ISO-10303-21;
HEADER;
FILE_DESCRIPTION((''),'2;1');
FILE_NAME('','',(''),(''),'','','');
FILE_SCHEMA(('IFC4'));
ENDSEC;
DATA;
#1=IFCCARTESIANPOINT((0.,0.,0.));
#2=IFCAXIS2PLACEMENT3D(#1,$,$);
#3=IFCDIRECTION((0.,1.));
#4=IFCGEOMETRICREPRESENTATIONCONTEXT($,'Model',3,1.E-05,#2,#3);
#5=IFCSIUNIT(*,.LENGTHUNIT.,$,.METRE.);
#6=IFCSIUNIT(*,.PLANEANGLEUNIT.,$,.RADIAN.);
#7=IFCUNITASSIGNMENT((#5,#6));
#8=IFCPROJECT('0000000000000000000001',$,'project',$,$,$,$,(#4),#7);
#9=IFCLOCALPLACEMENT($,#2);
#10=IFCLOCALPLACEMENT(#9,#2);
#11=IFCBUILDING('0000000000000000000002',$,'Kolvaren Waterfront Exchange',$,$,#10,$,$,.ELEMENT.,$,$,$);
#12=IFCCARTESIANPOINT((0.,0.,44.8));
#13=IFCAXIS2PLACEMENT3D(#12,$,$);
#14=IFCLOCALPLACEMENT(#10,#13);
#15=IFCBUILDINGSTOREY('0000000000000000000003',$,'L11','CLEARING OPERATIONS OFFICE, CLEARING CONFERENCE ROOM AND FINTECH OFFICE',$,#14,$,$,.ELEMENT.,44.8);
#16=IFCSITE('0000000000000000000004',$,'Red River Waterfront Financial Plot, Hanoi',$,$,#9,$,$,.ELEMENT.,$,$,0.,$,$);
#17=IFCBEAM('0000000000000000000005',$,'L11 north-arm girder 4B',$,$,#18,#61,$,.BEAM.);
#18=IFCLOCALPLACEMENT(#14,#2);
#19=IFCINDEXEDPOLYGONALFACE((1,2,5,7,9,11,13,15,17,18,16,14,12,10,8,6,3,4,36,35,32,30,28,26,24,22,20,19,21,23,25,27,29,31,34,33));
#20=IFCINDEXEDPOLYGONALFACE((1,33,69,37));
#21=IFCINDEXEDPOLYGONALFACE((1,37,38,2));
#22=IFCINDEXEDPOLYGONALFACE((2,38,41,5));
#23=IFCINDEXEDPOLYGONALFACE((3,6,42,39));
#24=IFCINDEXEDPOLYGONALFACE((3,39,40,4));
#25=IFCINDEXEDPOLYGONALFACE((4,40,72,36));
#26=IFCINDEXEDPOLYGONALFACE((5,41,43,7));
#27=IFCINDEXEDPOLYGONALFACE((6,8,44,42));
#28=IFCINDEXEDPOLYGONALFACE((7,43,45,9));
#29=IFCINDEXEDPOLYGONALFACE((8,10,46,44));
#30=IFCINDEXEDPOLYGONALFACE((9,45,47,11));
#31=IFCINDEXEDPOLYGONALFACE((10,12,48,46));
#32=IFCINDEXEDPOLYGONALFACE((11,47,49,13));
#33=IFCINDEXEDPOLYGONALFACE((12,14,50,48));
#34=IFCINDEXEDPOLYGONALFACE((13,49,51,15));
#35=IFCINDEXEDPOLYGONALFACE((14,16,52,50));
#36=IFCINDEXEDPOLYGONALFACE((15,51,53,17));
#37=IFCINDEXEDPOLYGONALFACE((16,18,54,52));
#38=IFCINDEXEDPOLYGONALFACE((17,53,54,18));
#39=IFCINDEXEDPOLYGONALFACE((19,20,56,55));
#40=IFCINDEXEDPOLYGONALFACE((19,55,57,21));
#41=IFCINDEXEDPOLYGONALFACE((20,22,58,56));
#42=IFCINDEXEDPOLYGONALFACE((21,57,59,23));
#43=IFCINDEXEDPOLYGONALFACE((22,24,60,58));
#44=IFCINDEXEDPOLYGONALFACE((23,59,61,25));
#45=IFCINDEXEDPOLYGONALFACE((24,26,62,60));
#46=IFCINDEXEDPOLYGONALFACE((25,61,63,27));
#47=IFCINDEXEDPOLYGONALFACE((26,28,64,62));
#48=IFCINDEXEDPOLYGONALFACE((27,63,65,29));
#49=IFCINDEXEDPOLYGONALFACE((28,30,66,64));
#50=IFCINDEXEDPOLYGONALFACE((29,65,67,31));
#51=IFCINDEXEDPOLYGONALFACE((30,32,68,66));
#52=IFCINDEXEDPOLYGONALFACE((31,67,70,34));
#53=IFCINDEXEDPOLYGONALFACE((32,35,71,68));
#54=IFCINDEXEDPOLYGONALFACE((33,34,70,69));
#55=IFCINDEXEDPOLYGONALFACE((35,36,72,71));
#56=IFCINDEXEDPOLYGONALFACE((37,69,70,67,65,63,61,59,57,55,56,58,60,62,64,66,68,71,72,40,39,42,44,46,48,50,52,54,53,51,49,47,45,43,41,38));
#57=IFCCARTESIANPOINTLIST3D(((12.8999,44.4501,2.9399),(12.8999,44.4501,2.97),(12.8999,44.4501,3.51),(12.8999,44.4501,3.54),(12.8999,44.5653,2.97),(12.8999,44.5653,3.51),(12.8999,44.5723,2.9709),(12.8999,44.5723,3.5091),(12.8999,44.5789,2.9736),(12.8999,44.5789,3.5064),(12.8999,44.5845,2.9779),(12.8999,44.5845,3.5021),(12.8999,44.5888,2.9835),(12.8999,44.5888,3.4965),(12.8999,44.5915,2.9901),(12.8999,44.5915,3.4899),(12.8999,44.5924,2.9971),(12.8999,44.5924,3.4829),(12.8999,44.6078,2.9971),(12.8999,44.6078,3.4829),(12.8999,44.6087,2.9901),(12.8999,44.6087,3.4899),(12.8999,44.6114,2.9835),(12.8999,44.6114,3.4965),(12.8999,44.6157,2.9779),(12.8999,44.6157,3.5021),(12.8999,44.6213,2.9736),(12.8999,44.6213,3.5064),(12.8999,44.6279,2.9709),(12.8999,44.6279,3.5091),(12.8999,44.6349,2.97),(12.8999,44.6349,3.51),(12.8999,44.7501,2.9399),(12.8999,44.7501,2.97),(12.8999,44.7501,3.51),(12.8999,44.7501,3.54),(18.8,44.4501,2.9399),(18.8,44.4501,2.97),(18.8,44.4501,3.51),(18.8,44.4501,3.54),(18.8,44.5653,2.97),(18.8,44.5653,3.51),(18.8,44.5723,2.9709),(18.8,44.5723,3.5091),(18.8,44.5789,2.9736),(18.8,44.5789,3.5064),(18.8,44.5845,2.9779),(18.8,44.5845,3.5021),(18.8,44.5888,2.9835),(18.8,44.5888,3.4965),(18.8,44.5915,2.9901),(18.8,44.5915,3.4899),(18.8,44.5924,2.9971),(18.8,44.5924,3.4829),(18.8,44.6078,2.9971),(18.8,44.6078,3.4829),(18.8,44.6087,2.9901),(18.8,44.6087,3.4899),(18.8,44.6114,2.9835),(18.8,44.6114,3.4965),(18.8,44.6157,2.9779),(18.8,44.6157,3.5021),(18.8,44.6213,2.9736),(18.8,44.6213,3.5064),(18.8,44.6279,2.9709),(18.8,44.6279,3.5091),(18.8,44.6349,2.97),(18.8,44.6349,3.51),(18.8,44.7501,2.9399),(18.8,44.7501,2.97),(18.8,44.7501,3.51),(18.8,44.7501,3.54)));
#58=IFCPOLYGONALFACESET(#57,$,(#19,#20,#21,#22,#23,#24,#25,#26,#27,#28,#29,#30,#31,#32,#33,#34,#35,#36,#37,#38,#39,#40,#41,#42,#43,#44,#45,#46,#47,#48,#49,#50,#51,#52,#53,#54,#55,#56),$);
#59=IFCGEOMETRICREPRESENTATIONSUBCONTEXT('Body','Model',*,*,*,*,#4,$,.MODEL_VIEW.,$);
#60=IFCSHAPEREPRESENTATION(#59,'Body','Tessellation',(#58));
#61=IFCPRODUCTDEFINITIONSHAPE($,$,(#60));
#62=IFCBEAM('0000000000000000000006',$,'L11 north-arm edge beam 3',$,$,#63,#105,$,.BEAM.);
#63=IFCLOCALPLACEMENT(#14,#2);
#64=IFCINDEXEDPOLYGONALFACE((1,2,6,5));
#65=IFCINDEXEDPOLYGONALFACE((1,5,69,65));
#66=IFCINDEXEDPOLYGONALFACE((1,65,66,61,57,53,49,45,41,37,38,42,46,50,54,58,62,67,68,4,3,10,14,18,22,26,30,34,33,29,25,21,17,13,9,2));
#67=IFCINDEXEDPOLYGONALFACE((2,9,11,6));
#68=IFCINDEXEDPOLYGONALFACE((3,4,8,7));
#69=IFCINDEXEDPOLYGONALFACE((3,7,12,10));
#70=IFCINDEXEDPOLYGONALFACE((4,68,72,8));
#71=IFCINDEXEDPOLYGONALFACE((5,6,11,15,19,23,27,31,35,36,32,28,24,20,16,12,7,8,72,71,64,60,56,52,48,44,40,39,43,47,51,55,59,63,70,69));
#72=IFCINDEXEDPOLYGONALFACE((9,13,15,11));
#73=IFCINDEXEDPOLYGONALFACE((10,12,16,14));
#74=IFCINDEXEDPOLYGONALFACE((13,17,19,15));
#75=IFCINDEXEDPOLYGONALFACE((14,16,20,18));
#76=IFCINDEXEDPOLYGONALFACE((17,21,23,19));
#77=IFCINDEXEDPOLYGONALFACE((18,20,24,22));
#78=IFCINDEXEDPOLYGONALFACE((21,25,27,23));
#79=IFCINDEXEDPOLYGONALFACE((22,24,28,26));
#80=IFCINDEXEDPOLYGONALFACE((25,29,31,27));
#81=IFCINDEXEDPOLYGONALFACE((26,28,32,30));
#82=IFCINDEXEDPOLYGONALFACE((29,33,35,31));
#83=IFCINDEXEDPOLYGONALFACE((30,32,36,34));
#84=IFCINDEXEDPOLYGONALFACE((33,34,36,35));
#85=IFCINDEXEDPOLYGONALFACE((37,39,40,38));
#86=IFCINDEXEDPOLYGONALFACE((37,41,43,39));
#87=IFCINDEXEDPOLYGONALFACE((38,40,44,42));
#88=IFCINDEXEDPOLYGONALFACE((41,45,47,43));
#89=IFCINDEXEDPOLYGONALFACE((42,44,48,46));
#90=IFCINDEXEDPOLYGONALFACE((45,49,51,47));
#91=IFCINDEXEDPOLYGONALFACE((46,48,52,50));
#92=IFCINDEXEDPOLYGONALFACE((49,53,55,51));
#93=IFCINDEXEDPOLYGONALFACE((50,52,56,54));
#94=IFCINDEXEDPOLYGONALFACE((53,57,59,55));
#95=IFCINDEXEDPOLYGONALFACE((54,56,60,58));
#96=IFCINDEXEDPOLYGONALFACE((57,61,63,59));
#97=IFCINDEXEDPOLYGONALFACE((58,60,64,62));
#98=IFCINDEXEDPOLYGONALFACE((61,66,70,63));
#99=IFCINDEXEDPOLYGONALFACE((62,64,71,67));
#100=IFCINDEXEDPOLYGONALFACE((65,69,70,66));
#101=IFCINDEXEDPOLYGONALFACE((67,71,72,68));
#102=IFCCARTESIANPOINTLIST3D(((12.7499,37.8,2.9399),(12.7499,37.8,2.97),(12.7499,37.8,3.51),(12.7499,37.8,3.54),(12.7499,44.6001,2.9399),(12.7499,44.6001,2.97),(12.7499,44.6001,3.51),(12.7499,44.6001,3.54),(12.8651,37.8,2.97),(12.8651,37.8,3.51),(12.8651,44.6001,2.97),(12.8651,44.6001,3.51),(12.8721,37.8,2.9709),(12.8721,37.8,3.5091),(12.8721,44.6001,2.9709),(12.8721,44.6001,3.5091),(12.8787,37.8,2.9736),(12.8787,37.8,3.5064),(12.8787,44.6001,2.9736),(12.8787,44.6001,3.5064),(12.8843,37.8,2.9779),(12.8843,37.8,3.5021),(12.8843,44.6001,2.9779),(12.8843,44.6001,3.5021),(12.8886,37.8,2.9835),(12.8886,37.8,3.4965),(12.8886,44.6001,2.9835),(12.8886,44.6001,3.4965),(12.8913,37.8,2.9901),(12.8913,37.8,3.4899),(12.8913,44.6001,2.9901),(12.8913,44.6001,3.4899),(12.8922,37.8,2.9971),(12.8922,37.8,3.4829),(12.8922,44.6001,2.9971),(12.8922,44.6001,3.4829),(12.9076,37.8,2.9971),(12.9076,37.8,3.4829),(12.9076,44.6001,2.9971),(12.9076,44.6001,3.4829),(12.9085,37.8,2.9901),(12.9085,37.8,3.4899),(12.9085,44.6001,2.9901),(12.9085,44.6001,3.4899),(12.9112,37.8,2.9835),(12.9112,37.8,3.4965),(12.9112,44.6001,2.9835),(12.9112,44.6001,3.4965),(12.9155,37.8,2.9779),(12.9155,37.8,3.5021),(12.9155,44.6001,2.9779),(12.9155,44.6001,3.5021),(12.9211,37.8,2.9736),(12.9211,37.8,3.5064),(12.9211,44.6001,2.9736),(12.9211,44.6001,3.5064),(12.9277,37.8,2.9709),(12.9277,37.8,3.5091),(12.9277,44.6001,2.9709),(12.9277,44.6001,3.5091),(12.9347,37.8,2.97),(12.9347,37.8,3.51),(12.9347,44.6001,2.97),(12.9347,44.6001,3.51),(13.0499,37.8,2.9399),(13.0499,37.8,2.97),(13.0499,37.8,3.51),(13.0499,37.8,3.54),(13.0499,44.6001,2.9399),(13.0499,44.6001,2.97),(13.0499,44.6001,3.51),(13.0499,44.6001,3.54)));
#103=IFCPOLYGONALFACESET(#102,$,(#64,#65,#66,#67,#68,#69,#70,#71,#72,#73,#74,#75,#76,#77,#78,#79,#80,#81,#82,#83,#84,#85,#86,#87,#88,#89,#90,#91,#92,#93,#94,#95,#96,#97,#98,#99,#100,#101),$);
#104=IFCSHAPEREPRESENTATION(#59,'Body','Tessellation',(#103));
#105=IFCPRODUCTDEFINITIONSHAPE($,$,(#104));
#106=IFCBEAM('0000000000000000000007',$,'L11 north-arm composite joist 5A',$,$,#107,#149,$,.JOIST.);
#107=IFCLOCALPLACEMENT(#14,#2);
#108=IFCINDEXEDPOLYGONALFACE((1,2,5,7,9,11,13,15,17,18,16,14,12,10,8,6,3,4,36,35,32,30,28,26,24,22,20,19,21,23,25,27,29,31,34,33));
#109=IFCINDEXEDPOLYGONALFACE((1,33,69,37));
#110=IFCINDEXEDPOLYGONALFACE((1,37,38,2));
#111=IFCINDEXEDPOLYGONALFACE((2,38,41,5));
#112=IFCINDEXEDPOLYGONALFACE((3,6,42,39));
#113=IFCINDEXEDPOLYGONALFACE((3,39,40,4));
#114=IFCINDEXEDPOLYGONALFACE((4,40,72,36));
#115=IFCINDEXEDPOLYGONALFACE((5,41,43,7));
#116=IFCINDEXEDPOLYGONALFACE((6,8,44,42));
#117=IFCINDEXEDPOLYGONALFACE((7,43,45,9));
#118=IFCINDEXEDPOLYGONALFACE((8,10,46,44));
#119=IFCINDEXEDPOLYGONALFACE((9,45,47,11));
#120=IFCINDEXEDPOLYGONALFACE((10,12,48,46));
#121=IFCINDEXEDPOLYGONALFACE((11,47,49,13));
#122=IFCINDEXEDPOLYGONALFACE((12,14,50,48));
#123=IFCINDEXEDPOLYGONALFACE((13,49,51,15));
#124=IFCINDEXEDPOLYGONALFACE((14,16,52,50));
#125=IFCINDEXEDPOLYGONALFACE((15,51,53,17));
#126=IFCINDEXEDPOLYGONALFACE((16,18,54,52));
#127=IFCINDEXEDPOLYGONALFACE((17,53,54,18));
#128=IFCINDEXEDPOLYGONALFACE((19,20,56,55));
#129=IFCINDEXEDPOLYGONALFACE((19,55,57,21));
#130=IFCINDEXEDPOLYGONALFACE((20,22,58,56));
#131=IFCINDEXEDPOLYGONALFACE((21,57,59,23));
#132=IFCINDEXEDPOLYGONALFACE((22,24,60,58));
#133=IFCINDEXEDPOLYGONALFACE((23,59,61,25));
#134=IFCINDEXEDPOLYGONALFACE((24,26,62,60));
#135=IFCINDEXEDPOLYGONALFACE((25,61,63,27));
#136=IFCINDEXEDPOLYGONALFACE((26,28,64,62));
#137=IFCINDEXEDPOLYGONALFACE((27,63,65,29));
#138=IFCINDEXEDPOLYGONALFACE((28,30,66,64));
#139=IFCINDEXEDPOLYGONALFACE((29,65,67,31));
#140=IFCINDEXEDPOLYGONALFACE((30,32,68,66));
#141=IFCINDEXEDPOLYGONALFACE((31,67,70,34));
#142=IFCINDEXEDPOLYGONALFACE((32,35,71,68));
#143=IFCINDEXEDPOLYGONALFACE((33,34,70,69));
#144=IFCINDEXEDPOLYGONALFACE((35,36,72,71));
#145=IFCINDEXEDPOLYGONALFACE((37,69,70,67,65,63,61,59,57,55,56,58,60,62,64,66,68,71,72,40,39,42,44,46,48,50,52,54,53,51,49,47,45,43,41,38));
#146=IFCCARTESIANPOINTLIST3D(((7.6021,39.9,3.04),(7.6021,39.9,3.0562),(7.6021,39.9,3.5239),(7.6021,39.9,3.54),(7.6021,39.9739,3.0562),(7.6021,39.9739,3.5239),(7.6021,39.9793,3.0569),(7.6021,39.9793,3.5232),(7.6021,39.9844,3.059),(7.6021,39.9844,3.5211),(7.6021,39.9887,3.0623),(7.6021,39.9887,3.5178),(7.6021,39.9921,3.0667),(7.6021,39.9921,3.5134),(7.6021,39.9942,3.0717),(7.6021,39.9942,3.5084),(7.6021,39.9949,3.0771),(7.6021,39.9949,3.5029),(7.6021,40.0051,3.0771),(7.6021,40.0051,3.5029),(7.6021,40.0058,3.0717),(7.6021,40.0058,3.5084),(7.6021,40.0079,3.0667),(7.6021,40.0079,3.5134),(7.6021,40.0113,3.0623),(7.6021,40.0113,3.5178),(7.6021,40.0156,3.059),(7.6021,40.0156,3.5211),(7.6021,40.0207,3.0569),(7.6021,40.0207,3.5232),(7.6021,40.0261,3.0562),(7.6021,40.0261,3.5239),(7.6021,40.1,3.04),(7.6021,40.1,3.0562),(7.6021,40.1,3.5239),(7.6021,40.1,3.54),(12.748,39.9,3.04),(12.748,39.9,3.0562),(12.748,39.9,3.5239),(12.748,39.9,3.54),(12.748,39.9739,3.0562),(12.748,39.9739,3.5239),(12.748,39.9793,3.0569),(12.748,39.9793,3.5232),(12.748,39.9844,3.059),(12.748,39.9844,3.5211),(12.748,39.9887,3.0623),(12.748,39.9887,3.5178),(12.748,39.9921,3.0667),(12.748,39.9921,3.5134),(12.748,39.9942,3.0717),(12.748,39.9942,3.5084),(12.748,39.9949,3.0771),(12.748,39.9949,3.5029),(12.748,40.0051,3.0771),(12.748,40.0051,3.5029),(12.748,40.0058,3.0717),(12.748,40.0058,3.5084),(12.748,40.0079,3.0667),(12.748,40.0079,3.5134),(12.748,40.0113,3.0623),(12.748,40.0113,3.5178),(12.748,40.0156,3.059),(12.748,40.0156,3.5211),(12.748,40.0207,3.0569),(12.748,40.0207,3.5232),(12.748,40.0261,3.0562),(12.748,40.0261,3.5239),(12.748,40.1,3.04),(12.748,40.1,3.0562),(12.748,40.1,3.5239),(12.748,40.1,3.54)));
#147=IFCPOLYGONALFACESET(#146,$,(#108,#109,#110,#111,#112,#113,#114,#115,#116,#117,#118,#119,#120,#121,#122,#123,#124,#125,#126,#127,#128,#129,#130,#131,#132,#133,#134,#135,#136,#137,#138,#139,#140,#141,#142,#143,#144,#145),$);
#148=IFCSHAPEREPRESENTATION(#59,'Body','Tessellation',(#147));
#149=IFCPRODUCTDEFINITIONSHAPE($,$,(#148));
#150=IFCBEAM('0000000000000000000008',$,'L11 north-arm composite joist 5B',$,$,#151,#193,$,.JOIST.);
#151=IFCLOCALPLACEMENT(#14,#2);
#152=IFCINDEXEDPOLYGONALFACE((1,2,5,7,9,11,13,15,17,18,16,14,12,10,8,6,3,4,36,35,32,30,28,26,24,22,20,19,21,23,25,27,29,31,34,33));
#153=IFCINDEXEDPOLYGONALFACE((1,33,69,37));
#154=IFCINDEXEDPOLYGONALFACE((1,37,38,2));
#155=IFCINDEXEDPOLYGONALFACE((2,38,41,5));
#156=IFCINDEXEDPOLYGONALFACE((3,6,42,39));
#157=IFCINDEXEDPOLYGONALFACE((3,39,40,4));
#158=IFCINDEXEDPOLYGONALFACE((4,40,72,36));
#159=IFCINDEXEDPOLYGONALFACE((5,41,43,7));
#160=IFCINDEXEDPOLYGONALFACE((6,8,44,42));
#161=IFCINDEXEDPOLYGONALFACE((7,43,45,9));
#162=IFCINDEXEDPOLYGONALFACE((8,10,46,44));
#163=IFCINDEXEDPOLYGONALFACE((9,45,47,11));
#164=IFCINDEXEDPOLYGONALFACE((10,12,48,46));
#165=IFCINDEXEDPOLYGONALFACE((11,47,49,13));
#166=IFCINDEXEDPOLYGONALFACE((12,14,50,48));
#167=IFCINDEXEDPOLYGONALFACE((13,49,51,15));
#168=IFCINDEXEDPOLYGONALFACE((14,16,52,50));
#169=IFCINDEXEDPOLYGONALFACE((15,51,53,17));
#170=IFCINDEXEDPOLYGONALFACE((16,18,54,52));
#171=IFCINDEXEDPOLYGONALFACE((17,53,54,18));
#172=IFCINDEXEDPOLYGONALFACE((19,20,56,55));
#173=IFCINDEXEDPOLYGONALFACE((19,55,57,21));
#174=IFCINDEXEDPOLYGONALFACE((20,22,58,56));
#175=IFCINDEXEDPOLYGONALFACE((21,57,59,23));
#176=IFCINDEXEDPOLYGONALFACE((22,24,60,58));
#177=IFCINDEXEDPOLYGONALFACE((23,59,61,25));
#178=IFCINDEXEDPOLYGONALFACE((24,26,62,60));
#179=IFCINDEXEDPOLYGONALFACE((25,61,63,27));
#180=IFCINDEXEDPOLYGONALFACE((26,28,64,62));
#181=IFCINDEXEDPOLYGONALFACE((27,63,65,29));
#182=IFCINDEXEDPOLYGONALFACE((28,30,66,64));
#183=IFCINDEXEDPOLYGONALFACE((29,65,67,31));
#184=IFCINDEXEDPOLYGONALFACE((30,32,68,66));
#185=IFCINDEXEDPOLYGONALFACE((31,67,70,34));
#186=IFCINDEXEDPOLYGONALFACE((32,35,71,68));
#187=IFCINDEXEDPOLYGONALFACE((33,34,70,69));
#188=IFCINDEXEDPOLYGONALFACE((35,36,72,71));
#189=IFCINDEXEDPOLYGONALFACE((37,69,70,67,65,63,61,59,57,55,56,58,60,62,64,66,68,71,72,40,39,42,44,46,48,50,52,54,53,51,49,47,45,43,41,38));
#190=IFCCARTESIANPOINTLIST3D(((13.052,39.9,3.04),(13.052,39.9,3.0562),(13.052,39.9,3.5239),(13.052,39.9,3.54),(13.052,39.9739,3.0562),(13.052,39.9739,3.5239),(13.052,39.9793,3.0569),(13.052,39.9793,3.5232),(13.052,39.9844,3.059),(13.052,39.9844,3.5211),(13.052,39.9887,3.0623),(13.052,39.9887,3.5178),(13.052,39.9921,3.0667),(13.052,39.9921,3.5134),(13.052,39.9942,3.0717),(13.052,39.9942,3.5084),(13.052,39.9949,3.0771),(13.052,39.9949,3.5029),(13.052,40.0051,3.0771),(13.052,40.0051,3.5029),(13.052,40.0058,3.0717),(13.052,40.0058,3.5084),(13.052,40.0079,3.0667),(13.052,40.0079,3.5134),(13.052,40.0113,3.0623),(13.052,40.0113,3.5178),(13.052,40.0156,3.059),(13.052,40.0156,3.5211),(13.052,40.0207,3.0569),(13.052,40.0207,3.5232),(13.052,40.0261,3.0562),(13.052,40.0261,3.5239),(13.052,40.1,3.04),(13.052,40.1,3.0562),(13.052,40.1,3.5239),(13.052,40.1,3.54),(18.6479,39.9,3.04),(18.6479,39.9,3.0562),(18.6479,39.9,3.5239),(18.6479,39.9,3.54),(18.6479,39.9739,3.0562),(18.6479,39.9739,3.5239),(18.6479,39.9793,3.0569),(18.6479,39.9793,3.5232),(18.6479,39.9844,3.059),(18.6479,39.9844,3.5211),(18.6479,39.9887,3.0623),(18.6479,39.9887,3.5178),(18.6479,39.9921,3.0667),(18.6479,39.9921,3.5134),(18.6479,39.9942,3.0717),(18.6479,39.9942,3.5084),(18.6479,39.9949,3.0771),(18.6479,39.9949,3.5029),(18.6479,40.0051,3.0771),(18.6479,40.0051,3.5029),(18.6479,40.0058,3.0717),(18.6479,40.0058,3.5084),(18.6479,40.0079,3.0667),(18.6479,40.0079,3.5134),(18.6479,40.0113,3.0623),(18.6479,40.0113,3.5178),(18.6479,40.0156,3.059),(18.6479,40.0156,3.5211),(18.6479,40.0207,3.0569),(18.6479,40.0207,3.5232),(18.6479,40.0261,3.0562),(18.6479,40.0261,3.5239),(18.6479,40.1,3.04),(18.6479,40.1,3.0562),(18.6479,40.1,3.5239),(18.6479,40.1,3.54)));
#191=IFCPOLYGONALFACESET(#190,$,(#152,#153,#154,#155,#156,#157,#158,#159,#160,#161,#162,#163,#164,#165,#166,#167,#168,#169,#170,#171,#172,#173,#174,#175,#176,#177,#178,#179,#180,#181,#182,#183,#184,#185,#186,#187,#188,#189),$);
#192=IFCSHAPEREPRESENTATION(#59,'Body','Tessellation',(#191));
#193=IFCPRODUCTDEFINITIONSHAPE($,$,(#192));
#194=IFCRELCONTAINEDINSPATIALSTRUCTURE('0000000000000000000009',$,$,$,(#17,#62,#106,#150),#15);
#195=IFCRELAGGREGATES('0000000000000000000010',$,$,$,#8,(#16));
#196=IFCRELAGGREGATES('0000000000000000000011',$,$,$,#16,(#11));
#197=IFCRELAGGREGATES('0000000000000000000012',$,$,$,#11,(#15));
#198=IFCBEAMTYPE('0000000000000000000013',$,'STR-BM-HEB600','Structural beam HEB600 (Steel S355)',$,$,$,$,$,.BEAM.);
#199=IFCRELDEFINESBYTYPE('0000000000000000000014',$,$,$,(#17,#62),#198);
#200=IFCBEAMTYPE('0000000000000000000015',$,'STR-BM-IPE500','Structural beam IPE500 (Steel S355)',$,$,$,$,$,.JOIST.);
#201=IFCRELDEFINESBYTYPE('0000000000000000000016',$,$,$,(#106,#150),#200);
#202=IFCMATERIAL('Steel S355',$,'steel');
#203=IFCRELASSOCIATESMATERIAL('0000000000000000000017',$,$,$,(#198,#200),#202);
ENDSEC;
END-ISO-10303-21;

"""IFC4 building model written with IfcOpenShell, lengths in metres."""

from ifc_helpers import new_model, si_unit, direction, frame, origin, origin_2d, place, context, subcontext, project, spatial, i_section, extrude, material, material_profile, profile_set, type_object, element, save


model = new_model("IFC4")

# Units and contexts
model_context = context("Model", 3, precision=1e-05, world=origin(), true_north=direction((0.0, 1.0)))
body_context = subcontext(model_context, "Body", "Model", "MODEL_VIEW")
ifc_project = project(units=[si_unit("LENGTHUNIT", "METRE"), si_unit("PLANEANGLEUNIT", "RADIAN")], contexts=[model_context])

# Site, building, storey
site_placement = place(None, origin())
site = spatial("IfcSite", under=ifc_project, at=site_placement, Name="Red River Waterfront Financial Plot, Hanoi", CompositionType="ELEMENT", RefElevation=0.0)
building_placement = place(site_placement, origin())
building = spatial("IfcBuilding", under=site, at=building_placement, Name="Kolvaren Waterfront Exchange", CompositionType="ELEMENT")
storey_placement = place(building_placement, frame((0.0, 0.0, 44.8)))
storey = spatial("IfcBuildingStorey", under=building, at=storey_placement, Name="L11", Description="CLEARING OPERATIONS OFFICE, CLEARING CONFERENCE ROOM AND FINTECH OFFICE", CompositionType="ELEMENT", Elevation=44.8)

# Beams
ifc_material_1 = material(Name="Steel S355", Category="steel")
ifc_material_profile_1 = material_profile(ifc_material_1, i_section(OverallWidth=0.3, OverallDepth=0.6001, WebThickness=0.0154, FlangeThickness=0.03, FilletRadius=0.0271, at=origin_2d()), Name="HEB600")
ifc_profile_set_1 = profile_set([ifc_material_profile_1], Name="Steel S355")
beam_type_1 = type_object("IfcBeamType", Name="STR-BM-HEB600", Description="Structural beam HEB600 (Steel S355)", PredefinedType="BEAM", material=ifc_profile_set_1)
beam_1_placement = place(storey_placement, frame((12.8999, 44.6001, 3.24), z_axis=(1.0, 0.0, 0.0), x_axis=(0.0, 1.0, 0.0)))
element("IfcBeam", 1, at=beam_1_placement, inside=storey, type_object=beam_type_1, Name="L11 north-arm girder 4B", PredefinedType="BEAM", context=body_context, shape_type="SweptSolid", body=[
    extrude(i_section(OverallWidth=0.3, OverallDepth=0.6001, WebThickness=0.0154, FlangeThickness=0.03, FilletRadius=0.0271, at=origin_2d()), origin(), (0.0, 0.0, 1.0), 5.9001),
])
beam_2_placement = place(storey_placement, frame((12.8999, 37.8, 3.24), z_axis=(0.0, 1.0, 0.0), x_axis=(-1.0, 0.0, 0.0)))
element("IfcBeam", 2, at=beam_2_placement, inside=storey, type_object=beam_type_1, Name="L11 north-arm edge beam 3", PredefinedType="BEAM", context=body_context, shape_type="SweptSolid", body=[
    extrude(i_section(OverallWidth=0.3, OverallDepth=0.6001, WebThickness=0.0154, FlangeThickness=0.03, FilletRadius=0.0271, at=origin_2d()), origin(), (0.0, 0.0, 1.0), 6.8),
])
ifc_material_profile_2 = material_profile(ifc_material_1, i_section(OverallWidth=0.2, OverallDepth=0.5, WebThickness=0.0103, FlangeThickness=0.0161, FilletRadius=0.021, at=origin_2d()), Name="IPE500")
ifc_profile_set_2 = profile_set([ifc_material_profile_2], Name="Steel S355")
beam_type_2 = type_object("IfcBeamType", Name="STR-BM-IPE500", Description="Structural beam IPE500 (Steel S355)", PredefinedType="JOIST", material=ifc_profile_set_2)
beam_3_placement = place(storey_placement, frame((7.6021, 40.0, 3.29), z_axis=(1.0, 0.0, 0.0), x_axis=(0.0, 1.0, 0.0)))
element("IfcBeam", 3, at=beam_3_placement, inside=storey, type_object=beam_type_2, Name="L11 north-arm composite joist 5A", PredefinedType="JOIST", context=body_context, shape_type="SweptSolid", body=[
    extrude(i_section(OverallWidth=0.2, OverallDepth=0.5, WebThickness=0.0103, FlangeThickness=0.0161, FilletRadius=0.021, at=origin_2d()), origin(), (0.0, 0.0, 1.0), 5.146),
])
beam_4_placement = place(storey_placement, frame((13.052, 40.0, 3.29), z_axis=(1.0, 0.0, 0.0), x_axis=(0.0, 1.0, 0.0)))
element("IfcBeam", 4, at=beam_4_placement, inside=storey, type_object=beam_type_2, Name="L11 north-arm composite joist 5B", PredefinedType="JOIST", context=body_context, shape_type="SweptSolid", body=[
    extrude(i_section(OverallWidth=0.2, OverallDepth=0.5, WebThickness=0.0103, FlangeThickness=0.0161, FilletRadius=0.021, at=origin_2d()), origin(), (0.0, 0.0, 1.0), 5.5959),
])

save(model, "model.ifc")
